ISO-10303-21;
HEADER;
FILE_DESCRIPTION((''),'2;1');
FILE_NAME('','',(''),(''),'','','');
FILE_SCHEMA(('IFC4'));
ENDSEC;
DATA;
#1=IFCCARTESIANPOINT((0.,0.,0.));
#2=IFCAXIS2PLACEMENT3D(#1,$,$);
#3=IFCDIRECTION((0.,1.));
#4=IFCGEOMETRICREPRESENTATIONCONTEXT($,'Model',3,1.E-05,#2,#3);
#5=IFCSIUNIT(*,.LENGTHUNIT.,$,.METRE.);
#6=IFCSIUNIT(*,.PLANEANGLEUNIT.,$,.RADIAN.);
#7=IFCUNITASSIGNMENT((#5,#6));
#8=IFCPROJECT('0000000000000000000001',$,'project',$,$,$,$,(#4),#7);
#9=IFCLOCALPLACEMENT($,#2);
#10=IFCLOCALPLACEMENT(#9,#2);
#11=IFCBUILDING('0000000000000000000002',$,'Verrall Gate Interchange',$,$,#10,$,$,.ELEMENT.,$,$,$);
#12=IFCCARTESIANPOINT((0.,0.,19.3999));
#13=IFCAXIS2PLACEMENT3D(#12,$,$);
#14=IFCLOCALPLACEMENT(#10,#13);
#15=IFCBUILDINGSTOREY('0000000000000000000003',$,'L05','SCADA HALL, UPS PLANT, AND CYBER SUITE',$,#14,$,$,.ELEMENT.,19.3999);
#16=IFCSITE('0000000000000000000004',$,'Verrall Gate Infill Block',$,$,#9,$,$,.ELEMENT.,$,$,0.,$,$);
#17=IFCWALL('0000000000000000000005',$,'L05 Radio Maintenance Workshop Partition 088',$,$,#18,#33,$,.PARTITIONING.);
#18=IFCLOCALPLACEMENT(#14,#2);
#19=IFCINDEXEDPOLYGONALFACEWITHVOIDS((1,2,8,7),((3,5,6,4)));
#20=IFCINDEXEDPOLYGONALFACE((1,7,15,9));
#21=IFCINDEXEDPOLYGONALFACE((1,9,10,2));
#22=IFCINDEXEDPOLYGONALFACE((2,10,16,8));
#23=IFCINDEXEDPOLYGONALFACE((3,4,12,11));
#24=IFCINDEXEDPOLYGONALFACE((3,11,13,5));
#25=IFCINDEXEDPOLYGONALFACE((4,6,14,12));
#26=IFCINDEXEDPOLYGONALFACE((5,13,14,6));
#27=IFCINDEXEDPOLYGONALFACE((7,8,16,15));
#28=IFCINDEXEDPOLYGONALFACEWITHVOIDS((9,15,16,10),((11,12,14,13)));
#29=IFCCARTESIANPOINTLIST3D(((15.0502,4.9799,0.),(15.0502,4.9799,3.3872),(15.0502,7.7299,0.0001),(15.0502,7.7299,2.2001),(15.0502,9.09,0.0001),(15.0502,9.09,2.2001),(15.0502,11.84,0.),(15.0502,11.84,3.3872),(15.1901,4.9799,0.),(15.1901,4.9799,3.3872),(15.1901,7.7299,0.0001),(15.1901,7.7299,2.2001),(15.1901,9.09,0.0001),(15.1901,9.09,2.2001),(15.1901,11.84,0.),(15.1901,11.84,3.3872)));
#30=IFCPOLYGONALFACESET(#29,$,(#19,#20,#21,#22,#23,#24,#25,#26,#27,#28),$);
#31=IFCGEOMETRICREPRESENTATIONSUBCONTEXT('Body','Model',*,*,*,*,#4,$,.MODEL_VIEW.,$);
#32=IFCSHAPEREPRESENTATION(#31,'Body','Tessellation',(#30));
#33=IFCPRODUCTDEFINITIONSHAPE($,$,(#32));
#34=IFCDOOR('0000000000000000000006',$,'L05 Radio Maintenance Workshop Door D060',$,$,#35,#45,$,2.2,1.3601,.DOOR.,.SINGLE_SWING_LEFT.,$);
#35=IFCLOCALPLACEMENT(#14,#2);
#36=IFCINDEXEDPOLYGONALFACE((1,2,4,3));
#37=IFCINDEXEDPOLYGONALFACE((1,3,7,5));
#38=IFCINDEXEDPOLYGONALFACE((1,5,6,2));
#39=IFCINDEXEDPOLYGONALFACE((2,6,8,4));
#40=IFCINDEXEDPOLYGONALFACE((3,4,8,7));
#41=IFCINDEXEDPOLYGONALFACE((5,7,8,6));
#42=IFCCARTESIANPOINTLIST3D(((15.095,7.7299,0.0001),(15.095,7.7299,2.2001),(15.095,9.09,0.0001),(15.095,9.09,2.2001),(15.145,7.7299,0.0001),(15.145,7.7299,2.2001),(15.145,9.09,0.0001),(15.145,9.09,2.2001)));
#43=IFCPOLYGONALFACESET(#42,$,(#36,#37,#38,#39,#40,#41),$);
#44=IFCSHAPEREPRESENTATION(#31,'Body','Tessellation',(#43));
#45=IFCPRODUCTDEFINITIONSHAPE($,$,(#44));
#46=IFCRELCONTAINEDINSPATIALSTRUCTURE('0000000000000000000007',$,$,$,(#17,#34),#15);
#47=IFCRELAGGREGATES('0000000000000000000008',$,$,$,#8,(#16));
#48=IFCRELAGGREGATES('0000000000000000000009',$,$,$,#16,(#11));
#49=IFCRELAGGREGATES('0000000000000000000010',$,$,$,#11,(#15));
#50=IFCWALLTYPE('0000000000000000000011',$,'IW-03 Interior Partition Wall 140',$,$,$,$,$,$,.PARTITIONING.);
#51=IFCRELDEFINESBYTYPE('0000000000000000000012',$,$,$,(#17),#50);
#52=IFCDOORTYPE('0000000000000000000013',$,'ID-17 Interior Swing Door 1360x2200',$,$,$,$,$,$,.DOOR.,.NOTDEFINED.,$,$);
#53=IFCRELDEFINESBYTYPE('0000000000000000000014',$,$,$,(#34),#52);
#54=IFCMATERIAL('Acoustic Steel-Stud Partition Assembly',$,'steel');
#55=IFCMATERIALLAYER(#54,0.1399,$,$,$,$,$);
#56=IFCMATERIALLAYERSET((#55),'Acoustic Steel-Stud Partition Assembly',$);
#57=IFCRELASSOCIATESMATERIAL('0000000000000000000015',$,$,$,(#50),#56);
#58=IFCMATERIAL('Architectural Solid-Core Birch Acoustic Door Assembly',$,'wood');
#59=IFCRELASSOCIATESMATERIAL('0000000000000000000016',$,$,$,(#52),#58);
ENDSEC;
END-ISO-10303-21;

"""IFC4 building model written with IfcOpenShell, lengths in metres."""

from ifc_helpers import new_model, si_unit, direction, frame, frame_2d, origin, place, context, subcontext, project, spatial, rectangle, extrude, material, layer, layer_set, type_object, element, fill, save


model = new_model("IFC4")

# Units and contexts
model_context = context("Model", 3, precision=1e-05, world=origin(), true_north=direction((0.0, 1.0)))
body_context = subcontext(model_context, "Body", "Model", "MODEL_VIEW")
ifc_project = project(units=[si_unit("LENGTHUNIT", "METRE"), si_unit("PLANEANGLEUNIT", "RADIAN")], contexts=[model_context])

# Site, building, storey
site_placement = place(None, origin())
site = spatial("IfcSite", under=ifc_project, at=site_placement, Name="Verrall Gate Infill Block", CompositionType="ELEMENT", RefElevation=0.0)
building_placement = place(site_placement, origin())
building = spatial("IfcBuilding", under=site, at=building_placement, Name="Verrall Gate Interchange", CompositionType="ELEMENT")
storey_placement = place(building_placement, frame((0.0, 0.0, 19.3999)))
storey = spatial("IfcBuildingStorey", under=building, at=storey_placement, Name="L05", Description="SCADA HALL, UPS PLANT, AND CYBER SUITE", CompositionType="ELEMENT", Elevation=19.3999)

# Wall, opening, door
ifc_material_1 = material(Name="Acoustic Steel-Stud Partition Assembly", Category="steel")
ifc_layer_1 = layer(ifc_material_1, 0.1399)
ifc_layer_set_1 = layer_set([ifc_layer_1], Name="Acoustic Steel-Stud Partition Assembly")
wall_type_1 = type_object("IfcWallType", Name="IW-03 Interior Partition Wall 140", PredefinedType="PARTITIONING", material=ifc_layer_set_1)
wall_1_placement = place(storey_placement, frame((15.1201, 11.8401, 0.0), z_axis=(0.0, 0.0, 1.0), x_axis=(0.0, -1.0, 0.0)))
wall_1 = element("IfcWall", 1, at=wall_1_placement, inside=storey, type_object=wall_type_1, Name="L05 Radio Maintenance Workshop Partition 088", PredefinedType="PARTITIONING", context=body_context, shape_type="SweptSolid", body=[
    extrude(rectangle(XDim=6.8601, YDim=0.1399, at=frame_2d((3.4302, 0.0))), origin(), (0.0, 0.0, 1.0), 3.3872),
])
opening_1_placement = place(wall_1_placement, frame((2.75, 0.0, 0.0)))
opening_1 = element("IfcOpeningElement", 2, at=opening_1_placement, cuts=wall_1, PredefinedType="OPENING", context=body_context, shape_type="SweptSolid", body=[
    extrude(rectangle(XDim=1.3601, YDim=2.2, at=frame_2d((0.6802, 1.1001))), frame((0.0, 0.085, 0.0), z_axis=(0.0, -1.0, 0.0), x_axis=(1.0, 0.0, 0.0)), (0.0, 0.0, 1.0), 0.1697),
])
ifc_material_2 = material(Name="Architectural Solid-Core Birch Acoustic Door Assembly", Category="wood")
door_type_1 = type_object("IfcDoorType", Name="ID-17 Interior Swing Door 1360x2200", OperationType="NOTDEFINED", PredefinedType="DOOR", material=ifc_material_2)
door_1_placement = place(opening_1_placement, origin())
door_1 = element("IfcDoor", 3, at=door_1_placement, inside=storey, type_object=door_type_1, Name="L05 Radio Maintenance Workshop Door D060", OperationType="SINGLE_SWING_LEFT", OverallHeight=2.2, OverallWidth=1.3601, PredefinedType="DOOR", context=body_context, shape_type="SweptSolid", body=[
    extrude(rectangle(XDim=1.3601, YDim=2.2, at=frame_2d((0.6802, 1.1001))), frame((0.0, 0.0249, 0.0), z_axis=(0.0, -1.0, 0.0), x_axis=(1.0, 0.0, 0.0)), (0.0, 0.0, 1.0), 0.05),
])
fill(opening_1, door_1)

save(model, "model.ifc")
